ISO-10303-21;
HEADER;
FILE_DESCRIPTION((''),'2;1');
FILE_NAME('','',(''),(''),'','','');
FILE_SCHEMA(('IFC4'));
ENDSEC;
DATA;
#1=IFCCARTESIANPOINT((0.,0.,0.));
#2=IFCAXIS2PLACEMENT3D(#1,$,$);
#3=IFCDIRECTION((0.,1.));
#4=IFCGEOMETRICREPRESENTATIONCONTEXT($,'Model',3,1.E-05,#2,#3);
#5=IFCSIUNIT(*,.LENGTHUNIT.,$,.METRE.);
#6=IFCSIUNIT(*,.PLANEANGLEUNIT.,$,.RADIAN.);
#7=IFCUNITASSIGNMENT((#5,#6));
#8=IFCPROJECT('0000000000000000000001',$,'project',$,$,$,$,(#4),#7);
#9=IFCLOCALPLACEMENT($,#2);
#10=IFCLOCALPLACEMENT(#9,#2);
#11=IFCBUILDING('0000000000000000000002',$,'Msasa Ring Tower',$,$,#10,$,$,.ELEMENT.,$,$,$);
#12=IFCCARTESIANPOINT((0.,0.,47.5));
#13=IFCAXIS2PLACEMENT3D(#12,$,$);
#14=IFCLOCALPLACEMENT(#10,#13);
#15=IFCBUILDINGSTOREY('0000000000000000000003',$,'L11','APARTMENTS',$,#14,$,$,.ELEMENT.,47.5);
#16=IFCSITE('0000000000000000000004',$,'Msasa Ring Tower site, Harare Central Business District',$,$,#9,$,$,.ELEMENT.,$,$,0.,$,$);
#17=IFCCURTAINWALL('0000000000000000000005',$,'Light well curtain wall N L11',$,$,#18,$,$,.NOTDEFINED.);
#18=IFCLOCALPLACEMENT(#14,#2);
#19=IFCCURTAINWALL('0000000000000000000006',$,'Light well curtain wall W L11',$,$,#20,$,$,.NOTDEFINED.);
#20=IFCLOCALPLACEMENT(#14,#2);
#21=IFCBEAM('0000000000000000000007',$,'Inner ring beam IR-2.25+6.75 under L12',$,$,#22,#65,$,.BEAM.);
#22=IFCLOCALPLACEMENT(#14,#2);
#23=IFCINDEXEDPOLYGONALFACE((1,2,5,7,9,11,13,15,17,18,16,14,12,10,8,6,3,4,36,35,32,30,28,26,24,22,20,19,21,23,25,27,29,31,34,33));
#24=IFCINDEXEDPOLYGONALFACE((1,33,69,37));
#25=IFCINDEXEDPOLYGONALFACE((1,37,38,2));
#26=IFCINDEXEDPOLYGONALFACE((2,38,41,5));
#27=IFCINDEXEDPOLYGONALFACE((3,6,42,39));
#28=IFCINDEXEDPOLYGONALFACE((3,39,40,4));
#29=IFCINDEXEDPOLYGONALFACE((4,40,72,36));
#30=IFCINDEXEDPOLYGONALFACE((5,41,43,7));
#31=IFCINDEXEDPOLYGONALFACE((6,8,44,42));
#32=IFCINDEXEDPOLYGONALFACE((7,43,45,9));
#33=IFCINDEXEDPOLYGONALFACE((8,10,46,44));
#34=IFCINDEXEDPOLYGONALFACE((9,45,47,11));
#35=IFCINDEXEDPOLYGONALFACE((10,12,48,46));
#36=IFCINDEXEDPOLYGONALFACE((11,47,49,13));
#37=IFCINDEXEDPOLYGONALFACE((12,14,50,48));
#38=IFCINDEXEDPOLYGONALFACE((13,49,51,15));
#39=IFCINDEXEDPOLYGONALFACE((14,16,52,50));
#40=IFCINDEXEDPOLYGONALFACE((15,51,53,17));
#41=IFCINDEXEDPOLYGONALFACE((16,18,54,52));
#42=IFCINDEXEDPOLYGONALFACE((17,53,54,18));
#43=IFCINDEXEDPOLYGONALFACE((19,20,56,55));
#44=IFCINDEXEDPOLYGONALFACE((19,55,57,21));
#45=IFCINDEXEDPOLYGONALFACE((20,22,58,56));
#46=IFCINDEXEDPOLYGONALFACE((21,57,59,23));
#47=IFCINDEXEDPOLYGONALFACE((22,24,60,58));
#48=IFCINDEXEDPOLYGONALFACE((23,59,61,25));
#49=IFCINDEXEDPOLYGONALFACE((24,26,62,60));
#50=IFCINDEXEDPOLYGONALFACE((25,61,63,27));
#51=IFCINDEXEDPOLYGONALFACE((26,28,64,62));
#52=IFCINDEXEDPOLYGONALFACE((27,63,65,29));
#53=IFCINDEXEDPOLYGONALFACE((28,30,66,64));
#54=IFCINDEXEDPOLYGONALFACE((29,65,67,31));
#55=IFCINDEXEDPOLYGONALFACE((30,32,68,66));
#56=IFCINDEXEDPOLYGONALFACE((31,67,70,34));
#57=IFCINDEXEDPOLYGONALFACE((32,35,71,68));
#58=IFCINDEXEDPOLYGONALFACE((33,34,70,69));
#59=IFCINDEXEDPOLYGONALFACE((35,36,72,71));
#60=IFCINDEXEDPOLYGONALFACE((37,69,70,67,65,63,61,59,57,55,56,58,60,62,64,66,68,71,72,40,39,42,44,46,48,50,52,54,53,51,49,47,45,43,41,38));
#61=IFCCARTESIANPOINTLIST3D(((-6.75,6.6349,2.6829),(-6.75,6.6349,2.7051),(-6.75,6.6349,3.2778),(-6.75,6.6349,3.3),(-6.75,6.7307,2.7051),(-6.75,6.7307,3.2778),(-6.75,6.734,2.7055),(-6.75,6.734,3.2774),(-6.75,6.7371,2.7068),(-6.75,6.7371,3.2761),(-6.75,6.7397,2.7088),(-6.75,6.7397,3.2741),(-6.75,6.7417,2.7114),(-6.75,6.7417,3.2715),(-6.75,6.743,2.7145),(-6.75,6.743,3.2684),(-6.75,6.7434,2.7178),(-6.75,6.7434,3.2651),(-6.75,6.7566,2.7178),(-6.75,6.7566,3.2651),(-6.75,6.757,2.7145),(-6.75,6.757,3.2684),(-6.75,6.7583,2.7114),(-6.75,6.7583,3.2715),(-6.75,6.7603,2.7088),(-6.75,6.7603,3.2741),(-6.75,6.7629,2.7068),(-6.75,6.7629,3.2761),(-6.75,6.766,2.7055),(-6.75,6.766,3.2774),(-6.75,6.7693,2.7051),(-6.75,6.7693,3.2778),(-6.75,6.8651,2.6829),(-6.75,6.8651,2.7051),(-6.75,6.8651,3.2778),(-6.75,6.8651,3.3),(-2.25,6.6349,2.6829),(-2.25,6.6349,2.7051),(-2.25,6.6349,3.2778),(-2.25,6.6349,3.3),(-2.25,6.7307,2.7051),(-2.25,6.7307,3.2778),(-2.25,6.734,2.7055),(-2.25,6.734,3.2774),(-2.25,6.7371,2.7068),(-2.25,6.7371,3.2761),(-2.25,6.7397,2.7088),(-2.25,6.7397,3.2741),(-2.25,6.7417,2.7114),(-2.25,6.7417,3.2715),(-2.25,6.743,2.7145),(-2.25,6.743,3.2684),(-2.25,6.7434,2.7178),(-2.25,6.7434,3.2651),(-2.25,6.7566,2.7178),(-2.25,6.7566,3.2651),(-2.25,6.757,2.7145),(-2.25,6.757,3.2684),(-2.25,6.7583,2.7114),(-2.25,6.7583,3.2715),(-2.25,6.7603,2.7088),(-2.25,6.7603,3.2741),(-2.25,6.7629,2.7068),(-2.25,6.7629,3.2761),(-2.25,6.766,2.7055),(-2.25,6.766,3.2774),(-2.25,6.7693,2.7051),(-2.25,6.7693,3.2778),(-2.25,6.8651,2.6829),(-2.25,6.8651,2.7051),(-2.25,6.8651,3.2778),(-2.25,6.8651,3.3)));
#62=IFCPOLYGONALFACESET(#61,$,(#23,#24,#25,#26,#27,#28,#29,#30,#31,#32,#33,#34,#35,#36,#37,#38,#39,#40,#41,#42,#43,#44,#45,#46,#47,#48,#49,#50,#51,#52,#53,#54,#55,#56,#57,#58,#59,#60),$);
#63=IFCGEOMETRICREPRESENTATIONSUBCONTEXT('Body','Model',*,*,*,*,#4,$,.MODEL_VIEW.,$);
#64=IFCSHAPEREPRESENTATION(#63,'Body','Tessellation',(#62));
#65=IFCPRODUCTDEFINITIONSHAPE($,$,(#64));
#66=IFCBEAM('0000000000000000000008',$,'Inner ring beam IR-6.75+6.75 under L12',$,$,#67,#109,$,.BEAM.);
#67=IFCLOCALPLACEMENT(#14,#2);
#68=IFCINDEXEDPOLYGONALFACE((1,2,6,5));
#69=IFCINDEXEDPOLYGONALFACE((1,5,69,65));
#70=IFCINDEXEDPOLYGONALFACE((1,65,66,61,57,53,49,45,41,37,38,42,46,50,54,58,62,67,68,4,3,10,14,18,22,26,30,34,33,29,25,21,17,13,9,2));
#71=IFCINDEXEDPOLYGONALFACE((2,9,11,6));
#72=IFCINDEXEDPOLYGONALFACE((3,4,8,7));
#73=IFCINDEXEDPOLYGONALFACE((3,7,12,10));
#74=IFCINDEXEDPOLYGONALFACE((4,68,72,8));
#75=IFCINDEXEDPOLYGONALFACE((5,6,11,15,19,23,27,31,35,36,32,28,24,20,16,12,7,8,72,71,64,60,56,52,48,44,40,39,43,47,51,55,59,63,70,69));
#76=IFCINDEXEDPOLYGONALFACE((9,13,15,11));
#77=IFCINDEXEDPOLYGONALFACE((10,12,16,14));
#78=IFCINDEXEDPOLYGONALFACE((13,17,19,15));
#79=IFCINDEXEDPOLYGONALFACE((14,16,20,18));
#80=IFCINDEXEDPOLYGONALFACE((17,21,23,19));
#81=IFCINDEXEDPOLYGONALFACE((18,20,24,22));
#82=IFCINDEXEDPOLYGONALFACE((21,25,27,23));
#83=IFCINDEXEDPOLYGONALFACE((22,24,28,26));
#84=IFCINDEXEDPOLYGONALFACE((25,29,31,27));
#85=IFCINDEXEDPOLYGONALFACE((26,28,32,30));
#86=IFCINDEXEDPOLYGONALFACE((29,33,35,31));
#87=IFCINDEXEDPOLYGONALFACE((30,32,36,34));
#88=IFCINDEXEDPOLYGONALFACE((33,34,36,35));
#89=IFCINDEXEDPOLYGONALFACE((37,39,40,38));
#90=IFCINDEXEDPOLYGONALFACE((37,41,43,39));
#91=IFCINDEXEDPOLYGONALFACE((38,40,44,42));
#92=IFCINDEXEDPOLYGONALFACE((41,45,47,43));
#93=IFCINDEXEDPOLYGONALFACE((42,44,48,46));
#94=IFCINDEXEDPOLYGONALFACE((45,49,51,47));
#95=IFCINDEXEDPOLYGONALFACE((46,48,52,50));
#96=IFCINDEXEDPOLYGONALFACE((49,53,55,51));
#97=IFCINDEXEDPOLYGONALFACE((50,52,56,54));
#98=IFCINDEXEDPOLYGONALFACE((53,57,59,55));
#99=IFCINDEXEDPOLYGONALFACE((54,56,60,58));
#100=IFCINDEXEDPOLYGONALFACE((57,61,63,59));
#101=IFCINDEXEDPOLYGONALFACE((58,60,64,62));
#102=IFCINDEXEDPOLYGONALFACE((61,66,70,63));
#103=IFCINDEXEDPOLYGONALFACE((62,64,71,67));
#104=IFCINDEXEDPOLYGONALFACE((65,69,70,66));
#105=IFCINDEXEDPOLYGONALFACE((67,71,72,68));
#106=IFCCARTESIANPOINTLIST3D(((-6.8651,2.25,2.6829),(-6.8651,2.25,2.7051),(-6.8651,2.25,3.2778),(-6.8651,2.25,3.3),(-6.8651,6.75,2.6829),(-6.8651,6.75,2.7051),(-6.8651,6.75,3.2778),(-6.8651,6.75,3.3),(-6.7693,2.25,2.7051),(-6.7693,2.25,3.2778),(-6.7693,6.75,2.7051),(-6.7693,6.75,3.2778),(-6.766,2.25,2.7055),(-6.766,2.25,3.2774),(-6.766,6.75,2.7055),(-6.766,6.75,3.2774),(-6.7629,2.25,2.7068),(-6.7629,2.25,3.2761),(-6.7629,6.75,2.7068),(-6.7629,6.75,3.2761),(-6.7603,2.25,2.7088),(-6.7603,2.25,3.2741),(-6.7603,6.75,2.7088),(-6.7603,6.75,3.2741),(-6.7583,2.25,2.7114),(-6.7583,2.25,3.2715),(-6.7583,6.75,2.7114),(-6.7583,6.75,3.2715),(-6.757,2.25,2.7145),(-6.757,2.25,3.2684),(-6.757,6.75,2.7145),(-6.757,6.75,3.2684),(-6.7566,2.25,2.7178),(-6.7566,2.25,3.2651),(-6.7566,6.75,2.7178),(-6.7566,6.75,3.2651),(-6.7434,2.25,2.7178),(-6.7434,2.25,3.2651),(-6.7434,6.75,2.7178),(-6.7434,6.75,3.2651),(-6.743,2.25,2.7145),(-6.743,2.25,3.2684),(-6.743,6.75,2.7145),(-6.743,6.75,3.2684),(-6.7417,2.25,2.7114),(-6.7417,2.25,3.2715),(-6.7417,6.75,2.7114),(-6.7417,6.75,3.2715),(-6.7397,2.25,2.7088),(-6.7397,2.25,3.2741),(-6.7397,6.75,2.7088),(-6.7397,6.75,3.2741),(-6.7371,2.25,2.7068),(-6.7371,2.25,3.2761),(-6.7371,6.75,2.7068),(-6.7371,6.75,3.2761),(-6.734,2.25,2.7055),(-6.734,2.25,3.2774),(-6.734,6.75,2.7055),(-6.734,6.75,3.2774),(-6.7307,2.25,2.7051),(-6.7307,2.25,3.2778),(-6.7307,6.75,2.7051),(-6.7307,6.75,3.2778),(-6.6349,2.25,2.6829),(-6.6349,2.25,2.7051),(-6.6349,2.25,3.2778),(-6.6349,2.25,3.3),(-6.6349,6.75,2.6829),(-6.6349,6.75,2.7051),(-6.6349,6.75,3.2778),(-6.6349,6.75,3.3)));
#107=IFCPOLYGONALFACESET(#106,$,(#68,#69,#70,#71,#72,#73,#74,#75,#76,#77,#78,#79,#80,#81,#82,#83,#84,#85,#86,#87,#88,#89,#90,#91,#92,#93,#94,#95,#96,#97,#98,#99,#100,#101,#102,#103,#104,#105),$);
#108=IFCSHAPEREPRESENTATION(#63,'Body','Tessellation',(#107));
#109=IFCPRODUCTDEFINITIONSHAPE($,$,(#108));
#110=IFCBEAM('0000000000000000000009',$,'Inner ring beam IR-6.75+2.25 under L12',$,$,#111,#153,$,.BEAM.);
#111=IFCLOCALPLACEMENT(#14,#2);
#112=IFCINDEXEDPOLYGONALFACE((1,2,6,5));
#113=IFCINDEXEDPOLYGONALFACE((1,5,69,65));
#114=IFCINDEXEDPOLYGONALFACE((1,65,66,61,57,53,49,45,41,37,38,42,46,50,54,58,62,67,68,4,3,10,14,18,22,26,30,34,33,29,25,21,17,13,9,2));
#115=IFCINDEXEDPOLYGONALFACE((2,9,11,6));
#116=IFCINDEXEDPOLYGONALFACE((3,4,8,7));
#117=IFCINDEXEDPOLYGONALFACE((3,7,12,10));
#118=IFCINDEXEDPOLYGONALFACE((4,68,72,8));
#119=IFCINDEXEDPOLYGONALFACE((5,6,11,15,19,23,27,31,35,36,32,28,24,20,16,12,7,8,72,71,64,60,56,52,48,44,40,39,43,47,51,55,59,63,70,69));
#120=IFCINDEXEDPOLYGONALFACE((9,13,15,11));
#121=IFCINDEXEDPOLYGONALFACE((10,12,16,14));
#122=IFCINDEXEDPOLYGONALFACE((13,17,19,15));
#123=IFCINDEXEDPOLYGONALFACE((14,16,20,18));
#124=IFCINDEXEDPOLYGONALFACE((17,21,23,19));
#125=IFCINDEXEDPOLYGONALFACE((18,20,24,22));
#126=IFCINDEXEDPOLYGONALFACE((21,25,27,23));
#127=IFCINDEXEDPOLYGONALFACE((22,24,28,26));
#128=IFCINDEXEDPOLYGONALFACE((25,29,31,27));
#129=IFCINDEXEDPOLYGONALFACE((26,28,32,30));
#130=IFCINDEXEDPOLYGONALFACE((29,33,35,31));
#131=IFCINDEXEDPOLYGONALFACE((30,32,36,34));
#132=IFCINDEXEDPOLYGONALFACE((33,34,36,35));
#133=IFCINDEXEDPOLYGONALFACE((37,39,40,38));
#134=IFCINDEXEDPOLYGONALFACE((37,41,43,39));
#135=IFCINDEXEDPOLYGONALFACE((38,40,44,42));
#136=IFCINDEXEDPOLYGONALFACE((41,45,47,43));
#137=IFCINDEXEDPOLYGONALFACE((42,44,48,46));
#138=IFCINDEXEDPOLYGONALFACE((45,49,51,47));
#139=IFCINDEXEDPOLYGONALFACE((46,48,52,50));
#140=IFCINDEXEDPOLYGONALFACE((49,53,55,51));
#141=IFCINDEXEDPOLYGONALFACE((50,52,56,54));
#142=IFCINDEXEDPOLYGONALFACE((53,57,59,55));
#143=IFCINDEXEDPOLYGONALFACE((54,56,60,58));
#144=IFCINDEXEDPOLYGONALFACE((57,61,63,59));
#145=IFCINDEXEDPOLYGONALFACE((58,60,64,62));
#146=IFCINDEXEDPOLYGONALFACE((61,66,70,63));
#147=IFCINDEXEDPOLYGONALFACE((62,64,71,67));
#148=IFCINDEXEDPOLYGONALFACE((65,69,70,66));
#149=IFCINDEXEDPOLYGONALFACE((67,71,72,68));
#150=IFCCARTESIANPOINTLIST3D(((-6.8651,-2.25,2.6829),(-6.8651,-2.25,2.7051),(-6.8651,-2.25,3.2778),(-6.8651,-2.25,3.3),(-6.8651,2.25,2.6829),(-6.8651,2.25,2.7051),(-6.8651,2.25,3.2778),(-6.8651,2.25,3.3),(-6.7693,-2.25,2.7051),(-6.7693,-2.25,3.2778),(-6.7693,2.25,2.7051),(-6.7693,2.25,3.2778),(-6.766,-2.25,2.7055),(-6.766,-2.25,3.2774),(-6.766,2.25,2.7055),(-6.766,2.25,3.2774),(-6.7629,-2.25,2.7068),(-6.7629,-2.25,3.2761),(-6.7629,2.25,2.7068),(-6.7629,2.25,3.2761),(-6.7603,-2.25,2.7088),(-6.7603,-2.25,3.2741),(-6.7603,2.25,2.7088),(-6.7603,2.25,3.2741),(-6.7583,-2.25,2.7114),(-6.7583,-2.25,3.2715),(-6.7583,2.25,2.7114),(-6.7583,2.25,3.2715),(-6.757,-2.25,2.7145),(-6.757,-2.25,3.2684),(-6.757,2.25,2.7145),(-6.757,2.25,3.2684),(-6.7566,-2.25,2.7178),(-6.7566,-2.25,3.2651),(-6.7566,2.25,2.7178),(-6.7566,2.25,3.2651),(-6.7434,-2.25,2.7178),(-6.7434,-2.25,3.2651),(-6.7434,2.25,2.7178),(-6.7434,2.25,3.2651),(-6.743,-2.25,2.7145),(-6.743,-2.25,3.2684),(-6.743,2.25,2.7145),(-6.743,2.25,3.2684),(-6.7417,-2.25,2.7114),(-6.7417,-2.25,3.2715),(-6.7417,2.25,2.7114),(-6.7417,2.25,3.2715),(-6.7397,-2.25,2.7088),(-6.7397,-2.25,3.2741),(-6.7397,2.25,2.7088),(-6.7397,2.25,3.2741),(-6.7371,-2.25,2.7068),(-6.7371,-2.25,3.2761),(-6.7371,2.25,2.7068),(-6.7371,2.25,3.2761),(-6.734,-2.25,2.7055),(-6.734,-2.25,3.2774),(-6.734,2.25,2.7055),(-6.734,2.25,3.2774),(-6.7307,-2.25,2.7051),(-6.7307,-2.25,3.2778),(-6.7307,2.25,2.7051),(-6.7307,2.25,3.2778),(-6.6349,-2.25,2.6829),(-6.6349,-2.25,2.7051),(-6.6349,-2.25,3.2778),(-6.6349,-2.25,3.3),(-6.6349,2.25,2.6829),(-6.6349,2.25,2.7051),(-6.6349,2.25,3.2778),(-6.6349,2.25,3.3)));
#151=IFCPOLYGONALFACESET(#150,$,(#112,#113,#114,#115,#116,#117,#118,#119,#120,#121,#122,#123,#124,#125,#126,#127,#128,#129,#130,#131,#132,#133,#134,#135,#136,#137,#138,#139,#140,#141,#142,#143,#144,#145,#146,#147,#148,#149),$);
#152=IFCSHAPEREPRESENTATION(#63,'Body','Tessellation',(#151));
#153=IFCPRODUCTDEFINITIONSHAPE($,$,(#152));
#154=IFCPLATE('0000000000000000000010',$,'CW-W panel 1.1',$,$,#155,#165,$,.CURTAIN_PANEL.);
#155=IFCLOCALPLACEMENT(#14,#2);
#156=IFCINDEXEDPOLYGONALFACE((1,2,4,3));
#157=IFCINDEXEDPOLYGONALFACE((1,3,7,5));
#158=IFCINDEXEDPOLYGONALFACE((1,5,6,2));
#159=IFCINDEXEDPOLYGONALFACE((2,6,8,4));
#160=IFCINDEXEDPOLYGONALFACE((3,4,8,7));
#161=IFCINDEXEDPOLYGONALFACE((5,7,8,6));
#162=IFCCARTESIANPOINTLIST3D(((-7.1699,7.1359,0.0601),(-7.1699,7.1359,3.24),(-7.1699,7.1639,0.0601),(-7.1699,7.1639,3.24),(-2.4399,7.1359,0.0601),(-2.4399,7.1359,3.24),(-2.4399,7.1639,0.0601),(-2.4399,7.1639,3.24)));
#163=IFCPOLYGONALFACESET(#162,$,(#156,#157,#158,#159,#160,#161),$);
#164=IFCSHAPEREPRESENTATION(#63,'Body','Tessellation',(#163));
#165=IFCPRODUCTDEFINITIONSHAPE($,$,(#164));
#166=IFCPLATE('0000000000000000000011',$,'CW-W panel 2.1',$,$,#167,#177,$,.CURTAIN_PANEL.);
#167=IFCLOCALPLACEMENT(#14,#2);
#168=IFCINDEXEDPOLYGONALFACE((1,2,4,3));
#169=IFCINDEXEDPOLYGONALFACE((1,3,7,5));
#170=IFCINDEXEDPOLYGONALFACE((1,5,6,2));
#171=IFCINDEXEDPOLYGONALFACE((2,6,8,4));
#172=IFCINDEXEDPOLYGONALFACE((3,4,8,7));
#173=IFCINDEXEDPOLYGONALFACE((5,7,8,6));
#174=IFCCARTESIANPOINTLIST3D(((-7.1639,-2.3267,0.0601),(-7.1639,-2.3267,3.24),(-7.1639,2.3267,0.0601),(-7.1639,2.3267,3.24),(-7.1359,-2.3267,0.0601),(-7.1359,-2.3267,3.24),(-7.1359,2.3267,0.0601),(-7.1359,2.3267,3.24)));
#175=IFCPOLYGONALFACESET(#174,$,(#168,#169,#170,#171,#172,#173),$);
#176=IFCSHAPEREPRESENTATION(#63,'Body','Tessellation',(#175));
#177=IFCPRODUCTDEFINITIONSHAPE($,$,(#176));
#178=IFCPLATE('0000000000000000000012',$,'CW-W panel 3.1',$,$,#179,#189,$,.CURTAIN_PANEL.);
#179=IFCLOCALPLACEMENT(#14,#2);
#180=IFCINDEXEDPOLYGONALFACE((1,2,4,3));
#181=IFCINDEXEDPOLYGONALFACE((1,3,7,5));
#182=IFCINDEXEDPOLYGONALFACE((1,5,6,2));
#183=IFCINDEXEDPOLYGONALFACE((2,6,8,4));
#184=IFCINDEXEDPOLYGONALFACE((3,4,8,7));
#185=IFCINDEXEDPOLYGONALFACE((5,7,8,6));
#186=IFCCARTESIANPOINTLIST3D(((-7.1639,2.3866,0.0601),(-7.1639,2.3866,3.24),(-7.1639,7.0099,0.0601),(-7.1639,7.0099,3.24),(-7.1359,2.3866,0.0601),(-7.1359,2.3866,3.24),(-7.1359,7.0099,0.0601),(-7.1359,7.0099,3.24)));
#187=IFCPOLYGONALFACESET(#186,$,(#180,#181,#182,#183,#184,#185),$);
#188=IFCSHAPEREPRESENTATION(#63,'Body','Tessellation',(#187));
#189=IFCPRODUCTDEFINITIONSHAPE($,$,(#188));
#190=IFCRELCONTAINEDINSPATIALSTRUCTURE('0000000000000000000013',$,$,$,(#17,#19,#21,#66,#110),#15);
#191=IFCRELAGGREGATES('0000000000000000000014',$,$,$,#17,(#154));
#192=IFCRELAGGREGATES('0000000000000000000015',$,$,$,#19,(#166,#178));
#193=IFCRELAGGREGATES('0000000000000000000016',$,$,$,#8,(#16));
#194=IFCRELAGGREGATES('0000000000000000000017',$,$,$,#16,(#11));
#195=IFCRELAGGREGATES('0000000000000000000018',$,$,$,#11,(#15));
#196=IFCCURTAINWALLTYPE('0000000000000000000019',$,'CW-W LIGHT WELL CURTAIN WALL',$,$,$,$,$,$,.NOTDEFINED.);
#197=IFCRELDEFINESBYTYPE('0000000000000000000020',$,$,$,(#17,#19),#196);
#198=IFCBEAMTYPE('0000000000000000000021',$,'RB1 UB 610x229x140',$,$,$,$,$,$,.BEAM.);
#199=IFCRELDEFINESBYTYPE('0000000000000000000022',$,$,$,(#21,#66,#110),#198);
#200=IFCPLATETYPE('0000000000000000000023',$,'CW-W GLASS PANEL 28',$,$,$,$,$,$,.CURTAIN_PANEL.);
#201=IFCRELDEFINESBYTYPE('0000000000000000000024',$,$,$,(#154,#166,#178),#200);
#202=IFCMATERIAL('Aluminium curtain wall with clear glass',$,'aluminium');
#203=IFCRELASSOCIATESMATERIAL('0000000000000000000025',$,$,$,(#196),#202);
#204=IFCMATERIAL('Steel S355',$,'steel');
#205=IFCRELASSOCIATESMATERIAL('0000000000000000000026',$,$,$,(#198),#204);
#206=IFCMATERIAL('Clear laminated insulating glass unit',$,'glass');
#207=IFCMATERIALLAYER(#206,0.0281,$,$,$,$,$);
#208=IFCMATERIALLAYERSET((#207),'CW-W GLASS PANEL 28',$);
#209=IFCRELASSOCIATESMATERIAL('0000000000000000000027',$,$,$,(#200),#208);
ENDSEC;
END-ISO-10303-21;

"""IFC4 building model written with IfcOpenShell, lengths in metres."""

from ifc_helpers import new_model, si_unit, direction, frame, origin, origin_2d, place, context, subcontext, project, spatial, rectangle, i_section, extrude, material, layer, layer_set, material_profile, profile_set, type_object, element, aggregate, save


model = new_model("IFC4")

# Units and contexts
model_context = context("Model", 3, precision=1e-05, world=origin(), true_north=direction((0.0, 1.0)))
body_context = subcontext(model_context, "Body", "Model", "MODEL_VIEW")
ifc_project = project(units=[si_unit("LENGTHUNIT", "METRE"), si_unit("PLANEANGLEUNIT", "RADIAN")], contexts=[model_context])

# Site, building, storey
site_placement = place(None, origin())
site = spatial("IfcSite", under=ifc_project, at=site_placement, Name="Msasa Ring Tower site, Harare Central Business District", CompositionType="ELEMENT", RefElevation=0.0)
building_placement = place(site_placement, origin())
building = spatial("IfcBuilding", under=site, at=building_placement, Name="Msasa Ring Tower", CompositionType="ELEMENT")
storey_placement = place(building_placement, frame((0.0, 0.0, 47.5)))
storey = spatial("IfcBuildingStorey", under=building, at=storey_placement, Name="L11", Description="APARTMENTS", CompositionType="ELEMENT", Elevation=47.5)

# Curtain walls
ifc_material_1 = material(Name="Aluminium curtain wall with clear glass", Category="aluminium")
curtain_wall_type = type_object("IfcCurtainWallType", Name="CW-W LIGHT WELL CURTAIN WALL", PredefinedType="NOTDEFINED", material=ifc_material_1)
curtain_wall_1_placement = place(storey_placement, origin())
curtain_wall_1 = element("IfcCurtainWall", 1, at=curtain_wall_1_placement, inside=storey, type_object=curtain_wall_type, Name="Light well curtain wall N L11", PredefinedType="NOTDEFINED")
curtain_wall_2_placement = place(storey_placement, origin())
curtain_wall_2 = element("IfcCurtainWall", 2, at=curtain_wall_2_placement, inside=storey, type_object=curtain_wall_type, Name="Light well curtain wall W L11", PredefinedType="NOTDEFINED")

# Beams
ifc_material_2 = material(Name="Steel S355", Category="steel")
ifc_material_profile_1 = material_profile(ifc_material_2, i_section(OverallWidth=0.2302, OverallDepth=0.6172, WebThickness=0.0132, FlangeThickness=0.0222, FilletRadius=0.0127, at=origin_2d()), Name="UB 610x229x140")
ifc_profile_set_1 = profile_set([ifc_material_profile_1], Name="Steel S355")
beam_type = type_object("IfcBeamType", Name="RB1 UB 610x229x140", PredefinedType="BEAM", material=ifc_profile_set_1)
for number, where, z_axis, x_axis, name in (
    (3, (-2.25, 6.75, 2.9915), (-1.0, 0.0, 0.0), (0.0, -1.0, 0.0), "Inner ring beam IR-2.25+6.75 under L12"),
    (4, (-6.75, 6.75, 2.9915), (0.0, -1.0, 0.0), (1.0, 0.0, 0.0), "Inner ring beam IR-6.75+6.75 under L12"),
    (5, (-6.75, 2.25, 2.9915), (0.0, -1.0, 0.0), (1.0, 0.0, 0.0), "Inner ring beam IR-6.75+2.25 under L12"),
):
    element("IfcBeam", number, at=place(storey_placement, frame(where, z_axis=z_axis, x_axis=x_axis)), inside=storey, type_object=beam_type, Name=name, PredefinedType="BEAM", context=body_context, shape_type="SweptSolid", body=[
        extrude(i_section(OverallWidth=0.2302, OverallDepth=0.6172, WebThickness=0.0132, FlangeThickness=0.0222, FilletRadius=0.0127, at=origin_2d()), origin(), (0.0, 0.0, 1.0), 4.5),
    ])

# Plates
ifc_material_3 = material(Name="Clear laminated insulating glass unit", Category="glass")
ifc_layer_1 = layer(ifc_material_3, 0.0281)
ifc_layer_set_1 = layer_set([ifc_layer_1], Name="CW-W GLASS PANEL 28")
plate_type = type_object("IfcPlateType", Name="CW-W GLASS PANEL 28", PredefinedType="CURTAIN_PANEL", material=ifc_layer_set_1)
plate_1_placement = place(storey_placement, frame((-4.8049, 7.1499, 0.0601), z_axis=(0.0, 0.0, 1.0), x_axis=(1.0, 0.0, 0.0)))
plate_1 = element("IfcPlate", 6, at=plate_1_placement, type_object=plate_type, Name="CW-W panel 1.1", PredefinedType="CURTAIN_PANEL", context=body_context, shape_type="SweptSolid", body=[
    extrude(rectangle(XDim=4.73, YDim=0.0281, at=origin_2d()), origin(), (0.0, 0.0, 1.0), 3.1799),
])
aggregate(curtain_wall_1, [plate_1])
plate_2_placement = place(storey_placement, frame((-7.1499, 0.0, 0.0601), z_axis=(0.0, 0.0, 1.0), x_axis=(0.0, 1.0, 0.0)))
plate_2 = element("IfcPlate", 7, at=plate_2_placement, type_object=plate_type, Name="CW-W panel 2.1", PredefinedType="CURTAIN_PANEL", context=body_context, shape_type="SweptSolid", body=[
    extrude(rectangle(XDim=4.6533, YDim=0.0281, at=origin_2d()), origin(), (0.0, 0.0, 1.0), 3.1799),
])
plate_3_placement = place(storey_placement, frame((-7.1499, 4.6982, 0.0601), z_axis=(0.0, 0.0, 1.0), x_axis=(0.0, 1.0, 0.0)))
plate_3 = element("IfcPlate", 8, at=plate_3_placement, type_object=plate_type, Name="CW-W panel 3.1", PredefinedType="CURTAIN_PANEL", context=body_context, shape_type="SweptSolid", body=[
    extrude(rectangle(XDim=4.6233, YDim=0.0281, at=origin_2d()), origin(), (0.0, 0.0, 1.0), 3.1799),
])
aggregate(curtain_wall_2, [plate_2, plate_3])

save(model, "model.ifc")
